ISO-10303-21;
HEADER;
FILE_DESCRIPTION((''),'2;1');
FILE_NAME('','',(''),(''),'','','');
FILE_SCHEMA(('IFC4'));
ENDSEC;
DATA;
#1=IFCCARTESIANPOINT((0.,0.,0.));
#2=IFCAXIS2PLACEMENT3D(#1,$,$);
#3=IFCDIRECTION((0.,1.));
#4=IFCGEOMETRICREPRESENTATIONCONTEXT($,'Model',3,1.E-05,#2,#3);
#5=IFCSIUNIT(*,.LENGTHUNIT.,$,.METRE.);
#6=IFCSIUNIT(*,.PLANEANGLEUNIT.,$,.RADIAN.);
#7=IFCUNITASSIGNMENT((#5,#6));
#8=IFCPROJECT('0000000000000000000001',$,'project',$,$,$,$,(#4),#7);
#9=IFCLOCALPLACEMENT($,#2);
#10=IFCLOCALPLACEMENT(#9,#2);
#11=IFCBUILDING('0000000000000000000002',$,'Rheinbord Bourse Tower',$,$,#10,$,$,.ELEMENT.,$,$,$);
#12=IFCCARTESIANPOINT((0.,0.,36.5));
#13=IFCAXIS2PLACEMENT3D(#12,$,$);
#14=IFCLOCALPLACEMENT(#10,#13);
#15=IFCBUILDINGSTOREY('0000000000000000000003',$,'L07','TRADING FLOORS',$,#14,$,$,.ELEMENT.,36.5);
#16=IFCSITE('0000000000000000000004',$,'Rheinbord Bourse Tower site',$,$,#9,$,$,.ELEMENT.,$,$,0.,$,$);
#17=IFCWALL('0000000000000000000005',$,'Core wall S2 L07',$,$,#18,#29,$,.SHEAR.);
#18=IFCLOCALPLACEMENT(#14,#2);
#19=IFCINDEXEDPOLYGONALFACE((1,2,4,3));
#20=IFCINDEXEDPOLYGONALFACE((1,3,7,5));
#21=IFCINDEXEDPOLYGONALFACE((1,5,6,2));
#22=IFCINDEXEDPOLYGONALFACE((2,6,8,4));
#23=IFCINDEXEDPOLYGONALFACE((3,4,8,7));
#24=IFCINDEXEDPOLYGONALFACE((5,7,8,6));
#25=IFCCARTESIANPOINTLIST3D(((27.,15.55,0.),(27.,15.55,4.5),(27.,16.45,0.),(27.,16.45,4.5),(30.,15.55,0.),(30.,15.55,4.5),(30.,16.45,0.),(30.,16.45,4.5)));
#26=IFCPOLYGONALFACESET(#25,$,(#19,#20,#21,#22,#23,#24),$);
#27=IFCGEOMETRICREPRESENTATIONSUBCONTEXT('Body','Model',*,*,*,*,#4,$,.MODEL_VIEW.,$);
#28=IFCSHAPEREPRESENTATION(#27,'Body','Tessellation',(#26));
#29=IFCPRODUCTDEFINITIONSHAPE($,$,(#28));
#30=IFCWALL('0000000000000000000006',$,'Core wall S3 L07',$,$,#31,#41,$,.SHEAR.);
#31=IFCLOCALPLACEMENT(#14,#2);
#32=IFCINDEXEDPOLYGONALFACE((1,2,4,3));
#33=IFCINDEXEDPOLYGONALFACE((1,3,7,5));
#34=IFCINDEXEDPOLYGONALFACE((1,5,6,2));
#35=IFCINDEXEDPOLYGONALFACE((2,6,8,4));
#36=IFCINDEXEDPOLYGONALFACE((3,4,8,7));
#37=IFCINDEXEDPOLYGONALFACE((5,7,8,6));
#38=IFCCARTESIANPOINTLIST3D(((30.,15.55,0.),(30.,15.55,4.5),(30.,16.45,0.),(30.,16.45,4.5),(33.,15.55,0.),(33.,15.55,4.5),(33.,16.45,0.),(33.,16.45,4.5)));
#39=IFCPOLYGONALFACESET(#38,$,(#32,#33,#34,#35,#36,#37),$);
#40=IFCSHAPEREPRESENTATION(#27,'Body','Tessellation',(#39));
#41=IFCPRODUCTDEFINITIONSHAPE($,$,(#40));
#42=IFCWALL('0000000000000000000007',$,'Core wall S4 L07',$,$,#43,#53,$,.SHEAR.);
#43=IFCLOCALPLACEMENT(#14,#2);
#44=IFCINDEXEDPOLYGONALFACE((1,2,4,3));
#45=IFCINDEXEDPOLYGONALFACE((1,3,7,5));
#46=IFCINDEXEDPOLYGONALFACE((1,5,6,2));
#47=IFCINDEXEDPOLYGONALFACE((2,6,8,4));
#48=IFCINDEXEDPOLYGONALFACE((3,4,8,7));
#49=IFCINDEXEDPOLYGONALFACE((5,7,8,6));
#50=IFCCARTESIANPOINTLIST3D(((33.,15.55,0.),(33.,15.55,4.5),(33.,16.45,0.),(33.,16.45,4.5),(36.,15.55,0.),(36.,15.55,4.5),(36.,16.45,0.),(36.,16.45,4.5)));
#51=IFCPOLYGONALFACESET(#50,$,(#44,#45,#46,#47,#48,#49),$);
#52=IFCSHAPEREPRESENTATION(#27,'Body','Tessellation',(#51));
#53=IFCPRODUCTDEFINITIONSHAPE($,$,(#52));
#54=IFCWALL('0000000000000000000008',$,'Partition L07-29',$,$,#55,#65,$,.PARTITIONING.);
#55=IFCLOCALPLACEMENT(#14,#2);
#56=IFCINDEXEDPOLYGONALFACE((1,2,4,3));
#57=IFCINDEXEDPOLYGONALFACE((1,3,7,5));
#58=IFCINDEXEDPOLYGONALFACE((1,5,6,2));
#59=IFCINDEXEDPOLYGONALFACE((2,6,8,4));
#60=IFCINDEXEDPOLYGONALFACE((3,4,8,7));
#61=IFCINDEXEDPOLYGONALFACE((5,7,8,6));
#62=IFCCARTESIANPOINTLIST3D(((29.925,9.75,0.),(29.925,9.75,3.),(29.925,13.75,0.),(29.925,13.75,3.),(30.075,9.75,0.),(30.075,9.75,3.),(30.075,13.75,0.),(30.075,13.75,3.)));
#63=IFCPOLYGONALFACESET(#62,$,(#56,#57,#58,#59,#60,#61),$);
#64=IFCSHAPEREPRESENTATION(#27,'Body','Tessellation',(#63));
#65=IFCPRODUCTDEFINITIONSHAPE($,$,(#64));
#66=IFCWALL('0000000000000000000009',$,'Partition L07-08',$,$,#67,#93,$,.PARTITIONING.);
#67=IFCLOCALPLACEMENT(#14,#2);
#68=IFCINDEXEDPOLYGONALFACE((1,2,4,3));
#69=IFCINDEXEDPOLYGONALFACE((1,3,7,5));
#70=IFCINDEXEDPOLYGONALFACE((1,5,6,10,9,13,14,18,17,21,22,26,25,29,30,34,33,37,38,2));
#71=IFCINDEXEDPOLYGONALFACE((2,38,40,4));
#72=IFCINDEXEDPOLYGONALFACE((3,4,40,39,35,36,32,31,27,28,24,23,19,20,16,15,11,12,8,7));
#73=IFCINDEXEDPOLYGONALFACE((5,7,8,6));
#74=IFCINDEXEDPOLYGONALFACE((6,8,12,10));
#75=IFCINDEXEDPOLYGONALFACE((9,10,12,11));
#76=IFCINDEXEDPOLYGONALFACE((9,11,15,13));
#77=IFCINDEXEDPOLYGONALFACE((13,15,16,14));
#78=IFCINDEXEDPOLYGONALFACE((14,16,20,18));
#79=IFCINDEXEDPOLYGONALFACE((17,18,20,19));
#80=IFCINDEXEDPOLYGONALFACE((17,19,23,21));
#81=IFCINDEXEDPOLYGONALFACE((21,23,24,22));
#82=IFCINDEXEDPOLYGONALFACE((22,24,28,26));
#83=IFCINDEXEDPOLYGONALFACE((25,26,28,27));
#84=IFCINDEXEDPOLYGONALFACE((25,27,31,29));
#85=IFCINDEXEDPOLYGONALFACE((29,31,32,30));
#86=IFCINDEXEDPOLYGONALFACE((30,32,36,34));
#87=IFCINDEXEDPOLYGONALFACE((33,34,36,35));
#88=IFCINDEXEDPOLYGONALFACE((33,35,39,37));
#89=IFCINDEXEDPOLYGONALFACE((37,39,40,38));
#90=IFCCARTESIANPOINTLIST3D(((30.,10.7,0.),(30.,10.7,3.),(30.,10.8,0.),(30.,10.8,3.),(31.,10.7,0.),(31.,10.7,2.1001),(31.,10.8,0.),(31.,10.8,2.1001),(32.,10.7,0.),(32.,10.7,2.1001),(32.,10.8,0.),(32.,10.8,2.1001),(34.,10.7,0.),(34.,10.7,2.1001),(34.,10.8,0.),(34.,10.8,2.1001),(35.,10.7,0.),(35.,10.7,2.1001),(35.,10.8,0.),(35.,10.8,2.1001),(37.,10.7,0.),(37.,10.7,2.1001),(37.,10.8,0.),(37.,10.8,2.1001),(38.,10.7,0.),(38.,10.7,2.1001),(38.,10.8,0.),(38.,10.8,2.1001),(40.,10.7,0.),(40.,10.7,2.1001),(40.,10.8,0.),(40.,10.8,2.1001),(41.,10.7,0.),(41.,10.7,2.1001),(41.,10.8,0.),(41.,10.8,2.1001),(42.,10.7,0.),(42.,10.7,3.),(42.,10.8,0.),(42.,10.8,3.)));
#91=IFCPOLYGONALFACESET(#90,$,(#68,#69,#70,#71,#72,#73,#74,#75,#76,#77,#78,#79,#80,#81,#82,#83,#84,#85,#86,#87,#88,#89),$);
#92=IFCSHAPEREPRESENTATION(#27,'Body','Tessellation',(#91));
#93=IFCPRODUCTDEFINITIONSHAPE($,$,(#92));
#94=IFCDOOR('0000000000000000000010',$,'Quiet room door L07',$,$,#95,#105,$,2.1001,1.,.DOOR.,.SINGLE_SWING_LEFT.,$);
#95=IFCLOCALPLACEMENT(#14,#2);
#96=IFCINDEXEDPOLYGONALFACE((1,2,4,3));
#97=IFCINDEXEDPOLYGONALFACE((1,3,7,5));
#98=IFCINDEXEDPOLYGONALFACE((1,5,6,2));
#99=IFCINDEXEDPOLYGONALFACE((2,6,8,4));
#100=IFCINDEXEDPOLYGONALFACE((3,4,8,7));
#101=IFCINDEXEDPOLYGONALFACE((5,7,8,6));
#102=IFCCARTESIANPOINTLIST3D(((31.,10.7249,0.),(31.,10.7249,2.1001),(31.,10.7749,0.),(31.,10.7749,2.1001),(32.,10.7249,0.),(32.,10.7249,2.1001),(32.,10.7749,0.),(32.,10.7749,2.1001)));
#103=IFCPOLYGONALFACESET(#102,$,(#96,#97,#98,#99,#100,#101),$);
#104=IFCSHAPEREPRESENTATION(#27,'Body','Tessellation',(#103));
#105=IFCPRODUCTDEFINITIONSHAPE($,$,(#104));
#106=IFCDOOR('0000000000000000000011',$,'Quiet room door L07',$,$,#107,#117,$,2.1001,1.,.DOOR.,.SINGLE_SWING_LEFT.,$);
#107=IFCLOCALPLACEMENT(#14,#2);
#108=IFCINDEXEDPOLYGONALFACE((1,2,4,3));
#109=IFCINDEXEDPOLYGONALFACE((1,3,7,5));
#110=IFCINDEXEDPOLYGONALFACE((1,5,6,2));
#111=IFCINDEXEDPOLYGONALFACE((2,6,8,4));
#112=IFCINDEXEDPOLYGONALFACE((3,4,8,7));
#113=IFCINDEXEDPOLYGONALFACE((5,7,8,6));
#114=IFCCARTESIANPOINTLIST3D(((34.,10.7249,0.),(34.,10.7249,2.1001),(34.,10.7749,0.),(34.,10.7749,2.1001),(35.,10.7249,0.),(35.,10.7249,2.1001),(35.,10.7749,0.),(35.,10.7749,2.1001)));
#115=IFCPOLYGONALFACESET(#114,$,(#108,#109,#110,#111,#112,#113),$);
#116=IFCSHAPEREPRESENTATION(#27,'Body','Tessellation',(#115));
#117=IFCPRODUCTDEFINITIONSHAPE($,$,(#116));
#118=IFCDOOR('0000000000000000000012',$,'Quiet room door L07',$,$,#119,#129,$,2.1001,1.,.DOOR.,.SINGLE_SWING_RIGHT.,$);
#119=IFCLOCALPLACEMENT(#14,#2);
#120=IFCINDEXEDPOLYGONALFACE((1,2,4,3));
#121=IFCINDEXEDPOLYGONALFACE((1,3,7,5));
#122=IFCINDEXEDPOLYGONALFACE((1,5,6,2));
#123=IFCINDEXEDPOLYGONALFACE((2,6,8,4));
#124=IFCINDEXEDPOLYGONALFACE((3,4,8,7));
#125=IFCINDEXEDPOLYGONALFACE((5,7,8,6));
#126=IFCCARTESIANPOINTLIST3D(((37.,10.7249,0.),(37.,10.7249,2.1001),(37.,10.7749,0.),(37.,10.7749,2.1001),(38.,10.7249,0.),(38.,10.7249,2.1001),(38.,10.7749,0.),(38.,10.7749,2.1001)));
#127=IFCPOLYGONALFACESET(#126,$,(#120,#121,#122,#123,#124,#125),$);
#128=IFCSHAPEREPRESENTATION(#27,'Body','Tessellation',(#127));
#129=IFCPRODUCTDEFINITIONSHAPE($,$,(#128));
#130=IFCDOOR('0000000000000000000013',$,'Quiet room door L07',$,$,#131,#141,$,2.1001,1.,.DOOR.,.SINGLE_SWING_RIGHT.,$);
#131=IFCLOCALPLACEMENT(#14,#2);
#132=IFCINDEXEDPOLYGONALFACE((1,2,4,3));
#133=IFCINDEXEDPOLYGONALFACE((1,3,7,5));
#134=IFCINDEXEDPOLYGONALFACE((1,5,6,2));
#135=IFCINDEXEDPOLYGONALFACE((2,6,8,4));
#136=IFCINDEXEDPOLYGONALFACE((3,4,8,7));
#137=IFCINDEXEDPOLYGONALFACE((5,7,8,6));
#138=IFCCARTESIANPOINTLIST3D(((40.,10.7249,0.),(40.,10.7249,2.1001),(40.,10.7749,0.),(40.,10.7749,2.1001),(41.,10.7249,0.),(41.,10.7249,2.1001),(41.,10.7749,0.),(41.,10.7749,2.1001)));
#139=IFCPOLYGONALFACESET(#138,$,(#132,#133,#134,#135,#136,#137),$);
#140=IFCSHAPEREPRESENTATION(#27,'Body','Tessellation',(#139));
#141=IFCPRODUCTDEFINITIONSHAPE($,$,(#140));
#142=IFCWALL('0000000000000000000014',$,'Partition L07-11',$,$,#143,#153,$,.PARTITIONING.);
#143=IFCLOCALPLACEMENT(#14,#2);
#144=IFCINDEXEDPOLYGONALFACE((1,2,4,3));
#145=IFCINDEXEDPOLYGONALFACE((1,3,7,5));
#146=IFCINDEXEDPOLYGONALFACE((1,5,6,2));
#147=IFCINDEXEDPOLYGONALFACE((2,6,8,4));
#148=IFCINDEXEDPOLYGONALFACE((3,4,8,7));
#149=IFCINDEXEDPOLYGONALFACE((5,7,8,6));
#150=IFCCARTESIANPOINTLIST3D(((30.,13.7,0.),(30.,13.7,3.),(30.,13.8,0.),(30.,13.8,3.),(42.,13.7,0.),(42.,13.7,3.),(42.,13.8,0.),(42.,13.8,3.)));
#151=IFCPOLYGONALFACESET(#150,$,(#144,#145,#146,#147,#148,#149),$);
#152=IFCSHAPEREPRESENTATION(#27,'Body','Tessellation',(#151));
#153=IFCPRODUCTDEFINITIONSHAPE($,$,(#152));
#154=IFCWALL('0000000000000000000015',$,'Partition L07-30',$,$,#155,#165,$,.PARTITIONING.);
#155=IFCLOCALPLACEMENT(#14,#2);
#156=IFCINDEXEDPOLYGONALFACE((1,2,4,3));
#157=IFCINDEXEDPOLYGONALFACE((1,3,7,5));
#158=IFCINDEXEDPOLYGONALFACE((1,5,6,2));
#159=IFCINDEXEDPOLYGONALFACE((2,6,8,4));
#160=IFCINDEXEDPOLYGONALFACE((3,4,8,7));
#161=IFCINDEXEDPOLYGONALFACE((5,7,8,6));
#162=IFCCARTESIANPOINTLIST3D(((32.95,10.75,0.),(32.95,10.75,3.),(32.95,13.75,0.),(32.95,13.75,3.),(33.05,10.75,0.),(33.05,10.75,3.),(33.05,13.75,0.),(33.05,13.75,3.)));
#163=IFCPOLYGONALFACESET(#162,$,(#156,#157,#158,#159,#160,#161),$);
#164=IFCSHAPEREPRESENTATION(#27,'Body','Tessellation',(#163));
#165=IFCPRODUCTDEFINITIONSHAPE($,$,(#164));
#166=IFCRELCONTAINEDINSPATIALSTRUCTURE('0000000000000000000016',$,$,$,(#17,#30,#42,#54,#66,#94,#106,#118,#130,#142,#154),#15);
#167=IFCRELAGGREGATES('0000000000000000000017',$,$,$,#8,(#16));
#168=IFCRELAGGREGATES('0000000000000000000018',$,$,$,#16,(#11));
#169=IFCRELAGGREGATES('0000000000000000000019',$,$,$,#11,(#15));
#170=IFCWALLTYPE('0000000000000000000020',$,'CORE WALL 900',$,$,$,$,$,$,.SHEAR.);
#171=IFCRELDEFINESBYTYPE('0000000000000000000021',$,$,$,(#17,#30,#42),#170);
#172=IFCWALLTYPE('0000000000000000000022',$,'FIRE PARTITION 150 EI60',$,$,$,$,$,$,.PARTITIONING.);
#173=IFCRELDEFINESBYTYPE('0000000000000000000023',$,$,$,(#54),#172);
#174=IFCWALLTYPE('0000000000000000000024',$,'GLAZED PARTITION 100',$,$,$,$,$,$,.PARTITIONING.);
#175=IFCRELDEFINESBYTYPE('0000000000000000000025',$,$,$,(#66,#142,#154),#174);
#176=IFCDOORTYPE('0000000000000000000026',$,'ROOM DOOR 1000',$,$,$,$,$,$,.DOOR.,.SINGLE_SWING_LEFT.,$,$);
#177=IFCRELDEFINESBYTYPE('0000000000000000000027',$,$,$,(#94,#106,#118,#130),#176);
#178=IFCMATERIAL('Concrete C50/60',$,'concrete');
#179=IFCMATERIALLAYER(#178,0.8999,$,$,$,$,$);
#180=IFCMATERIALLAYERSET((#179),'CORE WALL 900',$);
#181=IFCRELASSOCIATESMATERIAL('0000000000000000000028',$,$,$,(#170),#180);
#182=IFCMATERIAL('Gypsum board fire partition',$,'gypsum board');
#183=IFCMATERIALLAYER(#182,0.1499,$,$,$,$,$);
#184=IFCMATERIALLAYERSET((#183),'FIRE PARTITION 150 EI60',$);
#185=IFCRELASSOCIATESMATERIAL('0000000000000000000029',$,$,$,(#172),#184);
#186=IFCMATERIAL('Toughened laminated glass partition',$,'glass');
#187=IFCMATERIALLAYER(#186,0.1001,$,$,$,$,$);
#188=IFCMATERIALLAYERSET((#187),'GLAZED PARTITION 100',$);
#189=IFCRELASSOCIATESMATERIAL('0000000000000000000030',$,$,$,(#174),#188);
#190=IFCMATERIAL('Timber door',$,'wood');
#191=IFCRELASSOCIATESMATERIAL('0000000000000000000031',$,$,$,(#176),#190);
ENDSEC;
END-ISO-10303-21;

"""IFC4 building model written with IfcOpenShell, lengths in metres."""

from ifc_helpers import new_model, si_unit, direction, frame, frame_2d, origin, place, context, subcontext, project, spatial, rectangle, extrude, material, layer, layer_set, type_object, element, fill, save


model = new_model("IFC4")

# Units and contexts
model_context = context("Model", 3, precision=1e-05, world=origin(), true_north=direction((0.0, 1.0)))
body_context = subcontext(model_context, "Body", "Model", "MODEL_VIEW")
ifc_project = project(units=[si_unit("LENGTHUNIT", "METRE"), si_unit("PLANEANGLEUNIT", "RADIAN")], contexts=[model_context])

# Site, building, storey
site_placement = place(None, origin())
site = spatial("IfcSite", under=ifc_project, at=site_placement, Name="Rheinbord Bourse Tower site", CompositionType="ELEMENT", RefElevation=0.0)
building_placement = place(site_placement, origin())
building = spatial("IfcBuilding", under=site, at=building_placement, Name="Rheinbord Bourse Tower", CompositionType="ELEMENT")
storey_placement = place(building_placement, frame((0.0, 0.0, 36.5)))
storey = spatial("IfcBuildingStorey", under=building, at=storey_placement, Name="L07", Description="TRADING FLOORS", CompositionType="ELEMENT", Elevation=36.5)

# Walls
ifc_material_1 = material(Name="Concrete C50/60", Category="concrete")
ifc_layer_1 = layer(ifc_material_1, 0.8999)
ifc_layer_set_1 = layer_set([ifc_layer_1], Name="CORE WALL 900")
wall_type_1 = type_object("IfcWallType", Name="CORE WALL 900", PredefinedType="SHEAR", material=ifc_layer_set_1)
for number, where, z_axis, x_axis, name in (
    (1, (27.0, 16.0, 0.0), (0.0, 0.0, 1.0), (1.0, 0.0, 0.0), "Core wall S2 L07"),
    (2, (30.0, 16.0, 0.0), (0.0, 0.0, 1.0), (1.0, 0.0, 0.0), "Core wall S3 L07"),
    (3, (33.0, 16.0, 0.0), (0.0, 0.0, 1.0), (1.0, 0.0, 0.0), "Core wall S4 L07"),
):
    element("IfcWall", number, at=place(storey_placement, frame(where, z_axis=z_axis, x_axis=x_axis)), inside=storey, type_object=wall_type_1, Name=name, PredefinedType="SHEAR", context=body_context, shape_type="SweptSolid", body=[
        extrude(rectangle(XDim=3.0, YDim=0.8999, at=frame_2d((1.5, 0.0))), origin(), (0.0, 0.0, 1.0), 4.5),
    ])
ifc_material_2 = material(Name="Gypsum board fire partition", Category="gypsum board")
ifc_layer_2 = layer(ifc_material_2, 0.1499)
ifc_layer_set_2 = layer_set([ifc_layer_2], Name="FIRE PARTITION 150 EI60")
wall_type_2 = type_object("IfcWallType", Name="FIRE PARTITION 150 EI60", PredefinedType="PARTITIONING", material=ifc_layer_set_2)
wall_1_placement = place(storey_placement, frame((30.0, 9.75, 0.0), z_axis=(0.0, 0.0, 1.0), x_axis=(0.0, 1.0, 0.0)))
element("IfcWall", 4, at=wall_1_placement, inside=storey, type_object=wall_type_2, Name="Partition L07-29", PredefinedType="PARTITIONING", context=body_context, shape_type="SweptSolid", body=[
    extrude(rectangle(XDim=4.0, YDim=0.1499, at=frame_2d((2.0, 0.0))), origin(), (0.0, 0.0, 1.0), 3.0),
])

# Wall, openings, doors
ifc_material_3 = material(Name="Toughened laminated glass partition", Category="glass")
ifc_layer_3 = layer(ifc_material_3, 0.1001)
ifc_layer_set_3 = layer_set([ifc_layer_3], Name="GLAZED PARTITION 100")
wall_type_3 = type_object("IfcWallType", Name="GLAZED PARTITION 100", PredefinedType="PARTITIONING", material=ifc_layer_set_3)
wall_2_placement = place(storey_placement, frame((30.0, 10.75, 0.0), z_axis=(0.0, 0.0, 1.0), x_axis=(1.0, 0.0, 0.0)))
wall_2 = element("IfcWall", 5, at=wall_2_placement, inside=storey, type_object=wall_type_3, Name="Partition L07-08", PredefinedType="PARTITIONING", context=body_context, shape_type="SweptSolid", body=[
    extrude(rectangle(XDim=12.0, YDim=0.1001, at=frame_2d((6.0, 0.0))), origin(), (0.0, 0.0, 1.0), 3.0),
])
opening_1_placement = place(wall_2_placement, frame((1.0, 0.0, 0.0)))
opening_1 = element("IfcOpeningElement", 6, at=opening_1_placement, cuts=wall_2, PredefinedType="OPENING", context=body_context, shape_type="SweptSolid", body=[
    extrude(rectangle(XDim=1.0, YDim=2.1001, at=frame_2d((0.5, 1.05))), frame((0.0, 0.0601, 0.0), z_axis=(0.0, -1.0, 0.0), x_axis=(1.0, 0.0, 0.0)), (0.0, 0.0, 1.0), 0.1201),
])
opening_2_placement = place(wall_2_placement, frame((4.0, 0.0, 0.0)))
opening_2 = element("IfcOpeningElement", 7, at=opening_2_placement, cuts=wall_2, PredefinedType="OPENING", context=body_context, shape_type="SweptSolid", body=[
    extrude(rectangle(XDim=1.0, YDim=2.1001, at=frame_2d((0.5, 1.05))), frame((0.0, 0.0601, 0.0), z_axis=(0.0, -1.0, 0.0), x_axis=(1.0, 0.0, 0.0)), (0.0, 0.0, 1.0), 0.1201),
])
opening_3_placement = place(wall_2_placement, frame((7.0, 0.0, 0.0)))
opening_3 = element("IfcOpeningElement", 8, at=opening_3_placement, cuts=wall_2, PredefinedType="OPENING", context=body_context, shape_type="SweptSolid", body=[
    extrude(rectangle(XDim=1.0, YDim=2.1001, at=frame_2d((0.5, 1.05))), frame((0.0, 0.0601, 0.0), z_axis=(0.0, -1.0, 0.0), x_axis=(1.0, 0.0, 0.0)), (0.0, 0.0, 1.0), 0.1201),
])
opening_4_placement = place(wall_2_placement, frame((10.0, 0.0, 0.0)))
opening_4 = element("IfcOpeningElement", 9, at=opening_4_placement, cuts=wall_2, PredefinedType="OPENING", context=body_context, shape_type="SweptSolid", body=[
    extrude(rectangle(XDim=1.0, YDim=2.1001, at=frame_2d((0.5, 1.05))), frame((0.0, 0.0601, 0.0), z_axis=(0.0, -1.0, 0.0), x_axis=(1.0, 0.0, 0.0)), (0.0, 0.0, 1.0), 0.1201),
])
ifc_material_4 = material(Name="Timber door", Category="wood")
door_type_1 = type_object("IfcDoorType", Name="ROOM DOOR 1000", OperationType="SINGLE_SWING_LEFT", PredefinedType="DOOR", material=ifc_material_4)
door_1_placement = place(opening_1_placement, origin())
door_1 = element("IfcDoor", 10, at=door_1_placement, inside=storey, type_object=door_type_1, Name="Quiet room door L07", OperationType="SINGLE_SWING_LEFT", OverallHeight=2.1001, OverallWidth=1.0, PredefinedType="DOOR", context=body_context, shape_type="SweptSolid", body=[
    extrude(rectangle(XDim=1.0, YDim=2.1001, at=frame_2d((0.5, 1.05))), frame((0.0, 0.0249, 0.0), z_axis=(0.0, -1.0, 0.0), x_axis=(1.0, 0.0, 0.0)), (0.0, 0.0, 1.0), 0.05),
])
fill(opening_1, door_1)
door_2_placement = place(opening_2_placement, origin())
door_2 = element("IfcDoor", 11, at=door_2_placement, inside=storey, type_object=door_type_1, Name="Quiet room door L07", OperationType="SINGLE_SWING_LEFT", OverallHeight=2.1001, OverallWidth=1.0, PredefinedType="DOOR", context=body_context, shape_type="SweptSolid", body=[
    extrude(rectangle(XDim=1.0, YDim=2.1001, at=frame_2d((0.5, 1.05))), frame((0.0, 0.0249, 0.0), z_axis=(0.0, -1.0, 0.0), x_axis=(1.0, 0.0, 0.0)), (0.0, 0.0, 1.0), 0.05),
])
fill(opening_2, door_2)
door_3_placement = place(opening_3_placement, origin())
door_3 = element("IfcDoor", 12, at=door_3_placement, inside=storey, type_object=door_type_1, Name="Quiet room door L07", OperationType="SINGLE_SWING_RIGHT", OverallHeight=2.1001, OverallWidth=1.0, PredefinedType="DOOR", context=body_context, shape_type="SweptSolid", body=[
    extrude(rectangle(XDim=1.0, YDim=2.1001, at=frame_2d((0.5, 1.05))), frame((0.0, 0.0249, 0.0), z_axis=(0.0, -1.0, 0.0), x_axis=(1.0, 0.0, 0.0)), (0.0, 0.0, 1.0), 0.05),
])
fill(opening_3, door_3)
door_4_placement = place(opening_4_placement, origin())
door_4 = element("IfcDoor", 13, at=door_4_placement, inside=storey, type_object=door_type_1, Name="Quiet room door L07", OperationType="SINGLE_SWING_RIGHT", OverallHeight=2.1001, OverallWidth=1.0, PredefinedType="DOOR", context=body_context, shape_type="SweptSolid", body=[
    extrude(rectangle(XDim=1.0, YDim=2.1001, at=frame_2d((0.5, 1.05))), frame((0.0, 0.0249, 0.0), z_axis=(0.0, -1.0, 0.0), x_axis=(1.0, 0.0, 0.0)), (0.0, 0.0, 1.0), 0.05),
])
fill(opening_4, door_4)

# Walls
wall_3_placement = place(storey_placement, frame((30.0, 13.75, 0.0), z_axis=(0.0, 0.0, 1.0), x_axis=(1.0, 0.0, 0.0)))
element("IfcWall", 14, at=wall_3_placement, inside=storey, type_object=wall_type_3, Name="Partition L07-11", PredefinedType="PARTITIONING", context=body_context, shape_type="SweptSolid", body=[
    extrude(rectangle(XDim=12.0, YDim=0.1001, at=frame_2d((6.0, 0.0))), origin(), (0.0, 0.0, 1.0), 3.0),
])
wall_4_placement = place(storey_placement, frame((33.0, 10.75, 0.0), z_axis=(0.0, 0.0, 1.0), x_axis=(0.0, 1.0, 0.0)))
element("IfcWall", 15, at=wall_4_placement, inside=storey, type_object=wall_type_3, Name="Partition L07-30", PredefinedType="PARTITIONING", context=body_context, shape_type="SweptSolid", body=[
    extrude(rectangle(XDim=3.0, YDim=0.1001, at=frame_2d((1.5, 0.0))), origin(), (0.0, 0.0, 1.0), 3.0),
])

save(model, "model.ifc")
